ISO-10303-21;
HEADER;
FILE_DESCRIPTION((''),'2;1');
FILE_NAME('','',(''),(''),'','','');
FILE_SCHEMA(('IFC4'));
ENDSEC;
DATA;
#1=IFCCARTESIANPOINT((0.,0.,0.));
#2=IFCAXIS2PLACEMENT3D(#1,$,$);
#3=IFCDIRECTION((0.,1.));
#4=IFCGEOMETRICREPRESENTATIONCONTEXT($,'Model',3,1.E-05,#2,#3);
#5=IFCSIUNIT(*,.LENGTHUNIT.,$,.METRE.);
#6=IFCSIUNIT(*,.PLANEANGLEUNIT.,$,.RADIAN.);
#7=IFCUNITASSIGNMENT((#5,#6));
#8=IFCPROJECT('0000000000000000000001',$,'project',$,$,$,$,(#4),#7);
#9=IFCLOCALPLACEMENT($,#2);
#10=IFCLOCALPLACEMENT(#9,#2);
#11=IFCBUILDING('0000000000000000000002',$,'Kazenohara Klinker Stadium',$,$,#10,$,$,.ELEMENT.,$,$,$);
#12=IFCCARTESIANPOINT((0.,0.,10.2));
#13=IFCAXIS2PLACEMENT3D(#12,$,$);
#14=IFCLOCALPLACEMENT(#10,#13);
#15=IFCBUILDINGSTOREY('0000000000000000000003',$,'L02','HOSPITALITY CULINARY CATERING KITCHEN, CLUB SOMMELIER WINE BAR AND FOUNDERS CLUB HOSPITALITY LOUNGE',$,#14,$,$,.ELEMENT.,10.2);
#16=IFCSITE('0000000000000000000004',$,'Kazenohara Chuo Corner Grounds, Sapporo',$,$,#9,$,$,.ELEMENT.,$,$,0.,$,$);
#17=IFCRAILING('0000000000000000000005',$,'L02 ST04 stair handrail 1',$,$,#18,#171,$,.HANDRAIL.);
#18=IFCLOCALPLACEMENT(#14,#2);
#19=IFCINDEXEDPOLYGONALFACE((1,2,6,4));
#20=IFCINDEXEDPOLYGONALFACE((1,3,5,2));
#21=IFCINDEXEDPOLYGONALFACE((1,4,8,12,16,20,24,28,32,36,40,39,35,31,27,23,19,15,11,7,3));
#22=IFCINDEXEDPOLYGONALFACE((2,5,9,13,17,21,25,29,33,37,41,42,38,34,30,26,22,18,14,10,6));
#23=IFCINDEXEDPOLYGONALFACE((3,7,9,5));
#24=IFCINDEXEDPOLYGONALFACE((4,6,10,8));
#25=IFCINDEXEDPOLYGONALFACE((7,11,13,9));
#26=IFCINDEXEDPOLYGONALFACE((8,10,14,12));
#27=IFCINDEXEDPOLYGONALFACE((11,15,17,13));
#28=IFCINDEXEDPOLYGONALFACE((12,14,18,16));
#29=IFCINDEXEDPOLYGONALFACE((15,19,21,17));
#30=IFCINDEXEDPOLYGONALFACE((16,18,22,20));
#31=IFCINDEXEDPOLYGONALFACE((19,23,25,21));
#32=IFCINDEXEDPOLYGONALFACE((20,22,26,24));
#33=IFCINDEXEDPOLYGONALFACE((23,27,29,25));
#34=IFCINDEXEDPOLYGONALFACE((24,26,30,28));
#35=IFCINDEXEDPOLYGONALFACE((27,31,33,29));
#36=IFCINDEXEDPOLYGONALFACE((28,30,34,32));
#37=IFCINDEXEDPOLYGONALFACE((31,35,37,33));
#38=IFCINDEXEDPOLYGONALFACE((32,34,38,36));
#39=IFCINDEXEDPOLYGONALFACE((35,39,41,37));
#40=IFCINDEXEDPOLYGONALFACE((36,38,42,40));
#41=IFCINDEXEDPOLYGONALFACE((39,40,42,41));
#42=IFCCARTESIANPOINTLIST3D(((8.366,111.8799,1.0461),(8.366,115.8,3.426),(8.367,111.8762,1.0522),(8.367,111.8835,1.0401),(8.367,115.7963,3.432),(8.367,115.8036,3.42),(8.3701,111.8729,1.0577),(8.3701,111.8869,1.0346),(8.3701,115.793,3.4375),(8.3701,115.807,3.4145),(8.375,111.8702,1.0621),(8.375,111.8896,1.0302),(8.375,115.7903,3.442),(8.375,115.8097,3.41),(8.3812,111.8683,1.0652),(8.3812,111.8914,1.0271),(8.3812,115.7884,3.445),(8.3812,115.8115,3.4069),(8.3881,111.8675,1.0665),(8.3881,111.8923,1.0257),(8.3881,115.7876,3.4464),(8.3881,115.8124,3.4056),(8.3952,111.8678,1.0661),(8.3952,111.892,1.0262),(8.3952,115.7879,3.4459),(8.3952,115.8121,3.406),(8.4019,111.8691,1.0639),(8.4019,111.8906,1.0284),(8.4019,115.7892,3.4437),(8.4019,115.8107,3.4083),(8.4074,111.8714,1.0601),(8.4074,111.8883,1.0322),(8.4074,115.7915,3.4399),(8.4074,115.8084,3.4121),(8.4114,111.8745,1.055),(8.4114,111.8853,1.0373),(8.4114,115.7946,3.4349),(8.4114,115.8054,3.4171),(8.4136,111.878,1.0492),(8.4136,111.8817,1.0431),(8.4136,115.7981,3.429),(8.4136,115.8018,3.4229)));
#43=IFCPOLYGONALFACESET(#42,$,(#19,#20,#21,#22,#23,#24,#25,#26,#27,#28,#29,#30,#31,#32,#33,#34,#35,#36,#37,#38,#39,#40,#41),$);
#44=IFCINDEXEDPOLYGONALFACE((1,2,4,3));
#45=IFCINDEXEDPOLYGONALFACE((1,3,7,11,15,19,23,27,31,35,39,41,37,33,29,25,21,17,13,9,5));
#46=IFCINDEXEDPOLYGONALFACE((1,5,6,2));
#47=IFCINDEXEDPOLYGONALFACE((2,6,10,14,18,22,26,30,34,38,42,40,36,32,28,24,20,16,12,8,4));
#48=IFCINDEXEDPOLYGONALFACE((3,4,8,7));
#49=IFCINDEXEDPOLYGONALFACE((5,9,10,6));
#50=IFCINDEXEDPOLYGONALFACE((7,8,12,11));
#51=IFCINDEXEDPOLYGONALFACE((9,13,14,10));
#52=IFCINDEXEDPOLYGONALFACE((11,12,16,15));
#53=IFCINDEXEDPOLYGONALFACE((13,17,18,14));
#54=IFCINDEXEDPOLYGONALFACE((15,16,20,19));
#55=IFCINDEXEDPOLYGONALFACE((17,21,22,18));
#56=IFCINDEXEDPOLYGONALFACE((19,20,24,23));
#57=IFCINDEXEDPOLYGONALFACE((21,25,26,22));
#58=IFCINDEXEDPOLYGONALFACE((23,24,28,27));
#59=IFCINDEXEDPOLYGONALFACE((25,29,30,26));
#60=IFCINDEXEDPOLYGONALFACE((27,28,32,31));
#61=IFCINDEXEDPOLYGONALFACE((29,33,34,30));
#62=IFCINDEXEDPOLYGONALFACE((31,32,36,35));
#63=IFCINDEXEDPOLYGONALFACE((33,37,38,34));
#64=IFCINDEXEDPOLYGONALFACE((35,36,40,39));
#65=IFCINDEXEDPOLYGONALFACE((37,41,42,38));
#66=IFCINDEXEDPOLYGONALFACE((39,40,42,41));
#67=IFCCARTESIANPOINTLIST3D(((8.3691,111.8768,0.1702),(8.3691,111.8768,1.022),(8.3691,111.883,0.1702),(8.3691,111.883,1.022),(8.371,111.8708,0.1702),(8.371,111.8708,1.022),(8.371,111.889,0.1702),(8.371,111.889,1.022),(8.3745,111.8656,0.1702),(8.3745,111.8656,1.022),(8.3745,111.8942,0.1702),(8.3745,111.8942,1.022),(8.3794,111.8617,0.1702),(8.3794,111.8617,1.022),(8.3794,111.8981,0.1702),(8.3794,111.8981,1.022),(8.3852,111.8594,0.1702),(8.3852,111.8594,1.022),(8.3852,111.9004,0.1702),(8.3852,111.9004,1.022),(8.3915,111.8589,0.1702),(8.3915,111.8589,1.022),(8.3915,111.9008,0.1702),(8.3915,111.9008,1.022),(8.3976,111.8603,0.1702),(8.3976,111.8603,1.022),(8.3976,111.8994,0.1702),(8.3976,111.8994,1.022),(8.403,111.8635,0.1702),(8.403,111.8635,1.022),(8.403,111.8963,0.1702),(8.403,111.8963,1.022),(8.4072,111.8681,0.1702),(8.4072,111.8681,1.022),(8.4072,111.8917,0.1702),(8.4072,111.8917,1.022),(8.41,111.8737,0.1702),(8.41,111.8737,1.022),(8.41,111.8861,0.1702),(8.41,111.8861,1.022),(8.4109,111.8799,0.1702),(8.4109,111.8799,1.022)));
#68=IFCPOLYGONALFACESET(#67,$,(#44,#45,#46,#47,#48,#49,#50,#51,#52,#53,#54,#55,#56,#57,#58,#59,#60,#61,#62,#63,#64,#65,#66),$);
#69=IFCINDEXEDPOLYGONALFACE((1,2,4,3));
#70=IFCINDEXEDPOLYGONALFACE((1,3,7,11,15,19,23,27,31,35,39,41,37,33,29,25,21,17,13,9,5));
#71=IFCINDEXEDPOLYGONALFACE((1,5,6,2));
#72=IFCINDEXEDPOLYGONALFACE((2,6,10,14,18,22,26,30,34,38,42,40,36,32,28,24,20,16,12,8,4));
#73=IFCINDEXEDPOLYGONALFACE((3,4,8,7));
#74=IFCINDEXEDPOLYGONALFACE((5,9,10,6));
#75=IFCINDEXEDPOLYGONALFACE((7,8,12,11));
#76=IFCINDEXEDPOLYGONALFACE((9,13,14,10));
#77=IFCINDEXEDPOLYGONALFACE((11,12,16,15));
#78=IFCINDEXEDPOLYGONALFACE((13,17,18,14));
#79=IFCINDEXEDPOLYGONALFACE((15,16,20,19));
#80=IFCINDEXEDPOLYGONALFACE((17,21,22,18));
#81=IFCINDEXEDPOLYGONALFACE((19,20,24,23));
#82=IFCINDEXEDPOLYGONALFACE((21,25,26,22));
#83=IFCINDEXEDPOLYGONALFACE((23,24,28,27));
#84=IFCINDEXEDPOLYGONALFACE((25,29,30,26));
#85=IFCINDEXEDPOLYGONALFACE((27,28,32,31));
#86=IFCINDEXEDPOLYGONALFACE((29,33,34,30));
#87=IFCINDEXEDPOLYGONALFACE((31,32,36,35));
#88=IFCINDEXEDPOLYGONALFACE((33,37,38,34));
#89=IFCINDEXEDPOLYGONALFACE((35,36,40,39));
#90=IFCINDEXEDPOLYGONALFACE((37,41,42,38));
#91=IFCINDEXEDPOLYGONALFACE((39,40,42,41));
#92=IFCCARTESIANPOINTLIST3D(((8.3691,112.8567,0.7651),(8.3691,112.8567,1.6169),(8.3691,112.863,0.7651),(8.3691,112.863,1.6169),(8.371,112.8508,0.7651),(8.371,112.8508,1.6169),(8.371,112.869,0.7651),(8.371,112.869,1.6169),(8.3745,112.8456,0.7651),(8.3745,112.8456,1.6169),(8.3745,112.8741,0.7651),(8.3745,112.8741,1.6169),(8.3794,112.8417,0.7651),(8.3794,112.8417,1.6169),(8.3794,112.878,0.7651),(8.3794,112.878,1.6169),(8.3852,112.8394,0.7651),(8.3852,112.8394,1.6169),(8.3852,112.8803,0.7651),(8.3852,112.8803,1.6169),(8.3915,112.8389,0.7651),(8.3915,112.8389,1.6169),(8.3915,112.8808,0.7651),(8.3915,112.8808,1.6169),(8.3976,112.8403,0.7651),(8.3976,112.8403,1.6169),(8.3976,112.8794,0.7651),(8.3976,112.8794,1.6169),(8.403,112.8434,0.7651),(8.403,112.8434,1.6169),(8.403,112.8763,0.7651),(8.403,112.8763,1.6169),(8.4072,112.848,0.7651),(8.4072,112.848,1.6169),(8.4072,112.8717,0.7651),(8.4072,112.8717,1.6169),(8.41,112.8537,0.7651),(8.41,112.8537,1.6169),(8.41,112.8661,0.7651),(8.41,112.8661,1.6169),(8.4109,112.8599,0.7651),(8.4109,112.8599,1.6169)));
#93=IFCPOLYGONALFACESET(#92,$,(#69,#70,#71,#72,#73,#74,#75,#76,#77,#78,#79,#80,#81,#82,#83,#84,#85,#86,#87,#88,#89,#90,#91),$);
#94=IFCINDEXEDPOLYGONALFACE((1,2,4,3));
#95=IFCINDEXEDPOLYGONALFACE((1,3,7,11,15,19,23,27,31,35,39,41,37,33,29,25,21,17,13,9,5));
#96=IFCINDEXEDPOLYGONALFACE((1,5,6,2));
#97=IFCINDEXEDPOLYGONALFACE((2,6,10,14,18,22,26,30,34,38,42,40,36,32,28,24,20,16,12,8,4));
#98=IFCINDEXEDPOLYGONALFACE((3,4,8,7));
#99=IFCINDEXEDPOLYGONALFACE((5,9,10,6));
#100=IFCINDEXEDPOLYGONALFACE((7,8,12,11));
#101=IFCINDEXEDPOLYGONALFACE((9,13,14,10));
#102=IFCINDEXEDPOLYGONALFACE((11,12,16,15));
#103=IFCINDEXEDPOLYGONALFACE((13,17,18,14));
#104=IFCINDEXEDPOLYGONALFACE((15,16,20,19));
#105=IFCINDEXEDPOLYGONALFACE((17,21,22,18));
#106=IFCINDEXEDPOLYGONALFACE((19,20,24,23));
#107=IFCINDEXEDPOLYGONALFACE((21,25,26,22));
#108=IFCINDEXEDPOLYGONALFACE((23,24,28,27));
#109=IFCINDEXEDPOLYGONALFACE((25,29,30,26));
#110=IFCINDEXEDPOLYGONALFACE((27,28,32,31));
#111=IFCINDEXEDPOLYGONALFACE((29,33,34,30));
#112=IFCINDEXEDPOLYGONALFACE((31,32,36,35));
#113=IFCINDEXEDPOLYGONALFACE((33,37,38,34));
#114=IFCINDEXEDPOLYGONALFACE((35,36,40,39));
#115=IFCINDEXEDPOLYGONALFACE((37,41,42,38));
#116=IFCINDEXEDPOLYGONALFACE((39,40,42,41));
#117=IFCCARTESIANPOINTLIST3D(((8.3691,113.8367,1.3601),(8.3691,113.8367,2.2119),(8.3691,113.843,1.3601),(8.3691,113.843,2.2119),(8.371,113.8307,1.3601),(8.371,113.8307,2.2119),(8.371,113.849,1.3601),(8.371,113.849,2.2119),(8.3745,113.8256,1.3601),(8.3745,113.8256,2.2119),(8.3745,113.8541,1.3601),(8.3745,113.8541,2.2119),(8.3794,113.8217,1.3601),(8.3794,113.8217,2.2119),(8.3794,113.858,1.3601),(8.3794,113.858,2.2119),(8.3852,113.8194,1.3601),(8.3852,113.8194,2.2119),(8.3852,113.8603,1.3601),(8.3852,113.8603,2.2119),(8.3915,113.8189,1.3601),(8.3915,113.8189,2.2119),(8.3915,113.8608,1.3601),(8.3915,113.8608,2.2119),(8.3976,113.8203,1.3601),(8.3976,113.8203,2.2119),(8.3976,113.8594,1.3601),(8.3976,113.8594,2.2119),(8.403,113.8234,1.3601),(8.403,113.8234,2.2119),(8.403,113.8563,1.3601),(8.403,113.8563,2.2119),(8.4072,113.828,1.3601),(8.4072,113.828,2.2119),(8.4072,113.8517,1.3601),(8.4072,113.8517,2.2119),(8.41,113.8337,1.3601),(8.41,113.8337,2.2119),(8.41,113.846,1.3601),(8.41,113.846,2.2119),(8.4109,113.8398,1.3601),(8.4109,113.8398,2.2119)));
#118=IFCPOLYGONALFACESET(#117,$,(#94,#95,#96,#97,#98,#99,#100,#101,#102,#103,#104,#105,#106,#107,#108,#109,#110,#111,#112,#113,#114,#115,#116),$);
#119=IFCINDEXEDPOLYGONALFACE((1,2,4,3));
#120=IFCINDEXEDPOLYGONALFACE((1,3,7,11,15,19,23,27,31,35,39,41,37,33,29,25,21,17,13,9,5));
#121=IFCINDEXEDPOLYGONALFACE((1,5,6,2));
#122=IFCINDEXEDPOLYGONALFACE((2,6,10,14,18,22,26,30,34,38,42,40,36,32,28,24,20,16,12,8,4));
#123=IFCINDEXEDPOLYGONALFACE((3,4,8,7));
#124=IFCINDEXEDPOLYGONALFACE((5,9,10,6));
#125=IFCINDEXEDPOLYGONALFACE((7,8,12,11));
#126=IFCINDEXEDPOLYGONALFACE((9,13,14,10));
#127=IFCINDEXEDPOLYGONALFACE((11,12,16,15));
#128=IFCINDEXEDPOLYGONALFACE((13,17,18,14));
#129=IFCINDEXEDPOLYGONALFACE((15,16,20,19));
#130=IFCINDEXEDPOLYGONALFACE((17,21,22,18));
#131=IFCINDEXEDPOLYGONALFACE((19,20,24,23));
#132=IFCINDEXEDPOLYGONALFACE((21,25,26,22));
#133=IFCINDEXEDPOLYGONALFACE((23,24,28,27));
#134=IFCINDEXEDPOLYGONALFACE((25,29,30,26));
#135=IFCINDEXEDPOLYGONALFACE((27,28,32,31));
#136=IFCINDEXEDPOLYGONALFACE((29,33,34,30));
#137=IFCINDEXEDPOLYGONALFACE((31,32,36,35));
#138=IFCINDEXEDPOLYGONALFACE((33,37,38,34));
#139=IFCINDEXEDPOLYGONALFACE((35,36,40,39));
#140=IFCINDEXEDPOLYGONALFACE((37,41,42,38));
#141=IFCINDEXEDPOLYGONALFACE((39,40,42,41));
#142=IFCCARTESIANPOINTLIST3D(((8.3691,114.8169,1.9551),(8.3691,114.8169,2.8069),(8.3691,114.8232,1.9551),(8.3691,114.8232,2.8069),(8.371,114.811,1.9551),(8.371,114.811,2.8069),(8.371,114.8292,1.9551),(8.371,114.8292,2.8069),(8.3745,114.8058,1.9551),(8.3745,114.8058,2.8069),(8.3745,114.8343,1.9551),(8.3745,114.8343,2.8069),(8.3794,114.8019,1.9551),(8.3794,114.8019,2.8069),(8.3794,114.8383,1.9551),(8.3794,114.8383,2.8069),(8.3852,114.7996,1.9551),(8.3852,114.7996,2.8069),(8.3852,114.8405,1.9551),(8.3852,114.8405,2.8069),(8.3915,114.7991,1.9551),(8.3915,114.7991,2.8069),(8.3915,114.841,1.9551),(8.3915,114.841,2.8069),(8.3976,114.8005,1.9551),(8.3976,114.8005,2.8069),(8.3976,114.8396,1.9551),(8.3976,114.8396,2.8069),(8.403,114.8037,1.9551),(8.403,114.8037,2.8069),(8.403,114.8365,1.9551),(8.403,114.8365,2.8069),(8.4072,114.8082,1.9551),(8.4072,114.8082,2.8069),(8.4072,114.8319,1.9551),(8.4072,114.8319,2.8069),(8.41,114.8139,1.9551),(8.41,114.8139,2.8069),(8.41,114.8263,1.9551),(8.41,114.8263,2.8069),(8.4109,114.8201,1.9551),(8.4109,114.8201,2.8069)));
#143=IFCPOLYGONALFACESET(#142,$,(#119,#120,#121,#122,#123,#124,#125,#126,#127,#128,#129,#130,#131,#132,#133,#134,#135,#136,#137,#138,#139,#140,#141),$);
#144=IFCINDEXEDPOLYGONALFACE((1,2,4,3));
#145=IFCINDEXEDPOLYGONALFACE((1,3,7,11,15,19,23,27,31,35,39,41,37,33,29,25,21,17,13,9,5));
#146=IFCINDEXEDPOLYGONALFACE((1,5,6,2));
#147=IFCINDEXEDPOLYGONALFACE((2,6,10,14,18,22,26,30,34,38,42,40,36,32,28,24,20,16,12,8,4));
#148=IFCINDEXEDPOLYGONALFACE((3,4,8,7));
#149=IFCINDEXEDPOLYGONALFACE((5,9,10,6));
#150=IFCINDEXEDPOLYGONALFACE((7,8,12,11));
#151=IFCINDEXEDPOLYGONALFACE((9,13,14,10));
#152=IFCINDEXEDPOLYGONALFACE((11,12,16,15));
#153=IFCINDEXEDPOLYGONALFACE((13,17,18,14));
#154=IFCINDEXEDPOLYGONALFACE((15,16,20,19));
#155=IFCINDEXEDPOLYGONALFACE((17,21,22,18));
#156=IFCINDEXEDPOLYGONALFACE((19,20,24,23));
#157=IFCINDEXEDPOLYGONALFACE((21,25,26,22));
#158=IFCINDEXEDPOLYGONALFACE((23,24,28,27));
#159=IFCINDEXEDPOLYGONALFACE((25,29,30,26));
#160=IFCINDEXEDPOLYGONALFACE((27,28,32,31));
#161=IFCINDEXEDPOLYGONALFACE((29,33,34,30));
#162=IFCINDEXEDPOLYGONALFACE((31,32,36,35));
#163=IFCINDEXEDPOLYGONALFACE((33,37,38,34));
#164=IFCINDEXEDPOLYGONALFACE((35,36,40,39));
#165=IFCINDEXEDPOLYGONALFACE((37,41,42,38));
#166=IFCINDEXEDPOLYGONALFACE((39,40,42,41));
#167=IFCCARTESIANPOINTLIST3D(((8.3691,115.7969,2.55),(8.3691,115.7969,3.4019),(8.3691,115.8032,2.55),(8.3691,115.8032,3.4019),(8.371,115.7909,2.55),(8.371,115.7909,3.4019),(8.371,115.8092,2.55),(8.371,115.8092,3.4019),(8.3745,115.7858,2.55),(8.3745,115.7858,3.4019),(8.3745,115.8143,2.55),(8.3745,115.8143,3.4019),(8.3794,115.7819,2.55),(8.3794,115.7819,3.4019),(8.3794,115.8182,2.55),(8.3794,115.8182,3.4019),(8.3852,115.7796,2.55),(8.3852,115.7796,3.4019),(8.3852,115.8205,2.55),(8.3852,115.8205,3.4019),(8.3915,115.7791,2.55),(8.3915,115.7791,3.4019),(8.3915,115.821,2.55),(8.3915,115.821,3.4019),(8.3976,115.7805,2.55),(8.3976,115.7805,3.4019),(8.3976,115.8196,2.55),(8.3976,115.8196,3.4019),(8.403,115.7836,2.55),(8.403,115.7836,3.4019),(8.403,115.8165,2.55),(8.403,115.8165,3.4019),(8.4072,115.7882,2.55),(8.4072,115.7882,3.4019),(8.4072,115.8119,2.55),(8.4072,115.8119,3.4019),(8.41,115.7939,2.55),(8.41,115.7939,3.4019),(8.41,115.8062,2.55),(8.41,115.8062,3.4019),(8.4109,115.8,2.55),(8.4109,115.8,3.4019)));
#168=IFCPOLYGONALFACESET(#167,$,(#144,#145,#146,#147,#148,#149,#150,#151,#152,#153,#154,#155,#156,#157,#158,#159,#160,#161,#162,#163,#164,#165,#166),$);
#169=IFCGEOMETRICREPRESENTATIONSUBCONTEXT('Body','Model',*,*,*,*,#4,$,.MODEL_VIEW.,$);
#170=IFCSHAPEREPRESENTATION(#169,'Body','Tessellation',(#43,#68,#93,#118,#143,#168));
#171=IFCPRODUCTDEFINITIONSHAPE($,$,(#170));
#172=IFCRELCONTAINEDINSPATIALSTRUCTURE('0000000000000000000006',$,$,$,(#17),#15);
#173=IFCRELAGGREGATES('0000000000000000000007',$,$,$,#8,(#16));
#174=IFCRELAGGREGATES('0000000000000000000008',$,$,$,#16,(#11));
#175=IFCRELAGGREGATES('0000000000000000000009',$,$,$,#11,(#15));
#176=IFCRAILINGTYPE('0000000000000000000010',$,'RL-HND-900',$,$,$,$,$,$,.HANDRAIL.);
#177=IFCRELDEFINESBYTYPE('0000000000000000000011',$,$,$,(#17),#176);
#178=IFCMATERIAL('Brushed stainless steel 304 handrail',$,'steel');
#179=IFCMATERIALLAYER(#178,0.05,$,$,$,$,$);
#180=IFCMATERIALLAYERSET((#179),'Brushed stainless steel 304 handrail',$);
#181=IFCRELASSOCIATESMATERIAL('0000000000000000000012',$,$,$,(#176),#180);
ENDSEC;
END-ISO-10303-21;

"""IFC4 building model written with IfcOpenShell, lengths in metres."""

from ifc_helpers import new_model, si_unit, direction, frame, origin, origin_2d, place, context, subcontext, project, spatial, circle, extrude, material, layer, layer_set, type_object, element, save


model = new_model("IFC4")

# Units and contexts
model_context = context("Model", 3, precision=1e-05, world=origin(), true_north=direction((0.0, 1.0)))
body_context = subcontext(model_context, "Body", "Model", "MODEL_VIEW")
ifc_project = project(units=[si_unit("LENGTHUNIT", "METRE"), si_unit("PLANEANGLEUNIT", "RADIAN")], contexts=[model_context])

# Site, building, storey
site_placement = place(None, origin())
site = spatial("IfcSite", under=ifc_project, at=site_placement, Name="Kazenohara Chuo Corner Grounds, Sapporo", CompositionType="ELEMENT", RefElevation=0.0)
building_placement = place(site_placement, origin())
building = spatial("IfcBuilding", under=site, at=building_placement, Name="Kazenohara Klinker Stadium", CompositionType="ELEMENT")
storey_placement = place(building_placement, frame((0.0, 0.0, 10.2)))
storey = spatial("IfcBuildingStorey", under=building, at=storey_placement, Name="L02", Description="HOSPITALITY CULINARY CATERING KITCHEN, CLUB SOMMELIER WINE BAR AND FOUNDERS CLUB HOSPITALITY LOUNGE", CompositionType="ELEMENT", Elevation=10.2)

# Railing
ifc_material_1 = material(Name="Brushed stainless steel 304 handrail", Category="steel")
ifc_layer_1 = layer(ifc_material_1, 0.05)
ifc_layer_set_1 = layer_set([ifc_layer_1], Name="Brushed stainless steel 304 handrail")
railing_type = type_object("IfcRailingType", Name="RL-HND-900", PredefinedType="HANDRAIL", material=ifc_layer_set_1)
railing_placement = place(storey_placement, frame((8.3899, 111.8799, 0.1702)))
element("IfcRailing", 1, at=railing_placement, inside=storey, type_object=railing_type, Name="L02 ST04 stair handrail 1", PredefinedType="HANDRAIL", context=body_context, shape_type="SweptSolid", body=[
    extrude(circle(Radius=0.0239, at=origin_2d()), frame((0.0, 0.0, 0.876), z_axis=(0.0, 0.854809, 0.518943), x_axis=(-1.0, 0.0, 0.0)), (0.0, 0.0, 1.0), 4.5859),
    extrude(circle(Radius=0.021, at=origin_2d()), origin(), (0.0, 0.0, 1.0), 0.8518),
    extrude(circle(Radius=0.021, at=origin_2d()), frame((0.0, 0.98, 0.595)), (0.0, 0.0, 1.0), 0.8518),
    extrude(circle(Radius=0.021, at=origin_2d()), frame((0.0, 1.96, 1.1899)), (0.0, 0.0, 1.0), 0.8518),
    extrude(circle(Radius=0.021, at=origin_2d()), frame((0.0, 2.9402, 1.7849)), (0.0, 0.0, 1.0), 0.8518),
    extrude(circle(Radius=0.021, at=origin_2d()), frame((0.0, 3.9202, 2.3799)), (0.0, 0.0, 1.0), 0.8518),
])

save(model, "model.ifc")
